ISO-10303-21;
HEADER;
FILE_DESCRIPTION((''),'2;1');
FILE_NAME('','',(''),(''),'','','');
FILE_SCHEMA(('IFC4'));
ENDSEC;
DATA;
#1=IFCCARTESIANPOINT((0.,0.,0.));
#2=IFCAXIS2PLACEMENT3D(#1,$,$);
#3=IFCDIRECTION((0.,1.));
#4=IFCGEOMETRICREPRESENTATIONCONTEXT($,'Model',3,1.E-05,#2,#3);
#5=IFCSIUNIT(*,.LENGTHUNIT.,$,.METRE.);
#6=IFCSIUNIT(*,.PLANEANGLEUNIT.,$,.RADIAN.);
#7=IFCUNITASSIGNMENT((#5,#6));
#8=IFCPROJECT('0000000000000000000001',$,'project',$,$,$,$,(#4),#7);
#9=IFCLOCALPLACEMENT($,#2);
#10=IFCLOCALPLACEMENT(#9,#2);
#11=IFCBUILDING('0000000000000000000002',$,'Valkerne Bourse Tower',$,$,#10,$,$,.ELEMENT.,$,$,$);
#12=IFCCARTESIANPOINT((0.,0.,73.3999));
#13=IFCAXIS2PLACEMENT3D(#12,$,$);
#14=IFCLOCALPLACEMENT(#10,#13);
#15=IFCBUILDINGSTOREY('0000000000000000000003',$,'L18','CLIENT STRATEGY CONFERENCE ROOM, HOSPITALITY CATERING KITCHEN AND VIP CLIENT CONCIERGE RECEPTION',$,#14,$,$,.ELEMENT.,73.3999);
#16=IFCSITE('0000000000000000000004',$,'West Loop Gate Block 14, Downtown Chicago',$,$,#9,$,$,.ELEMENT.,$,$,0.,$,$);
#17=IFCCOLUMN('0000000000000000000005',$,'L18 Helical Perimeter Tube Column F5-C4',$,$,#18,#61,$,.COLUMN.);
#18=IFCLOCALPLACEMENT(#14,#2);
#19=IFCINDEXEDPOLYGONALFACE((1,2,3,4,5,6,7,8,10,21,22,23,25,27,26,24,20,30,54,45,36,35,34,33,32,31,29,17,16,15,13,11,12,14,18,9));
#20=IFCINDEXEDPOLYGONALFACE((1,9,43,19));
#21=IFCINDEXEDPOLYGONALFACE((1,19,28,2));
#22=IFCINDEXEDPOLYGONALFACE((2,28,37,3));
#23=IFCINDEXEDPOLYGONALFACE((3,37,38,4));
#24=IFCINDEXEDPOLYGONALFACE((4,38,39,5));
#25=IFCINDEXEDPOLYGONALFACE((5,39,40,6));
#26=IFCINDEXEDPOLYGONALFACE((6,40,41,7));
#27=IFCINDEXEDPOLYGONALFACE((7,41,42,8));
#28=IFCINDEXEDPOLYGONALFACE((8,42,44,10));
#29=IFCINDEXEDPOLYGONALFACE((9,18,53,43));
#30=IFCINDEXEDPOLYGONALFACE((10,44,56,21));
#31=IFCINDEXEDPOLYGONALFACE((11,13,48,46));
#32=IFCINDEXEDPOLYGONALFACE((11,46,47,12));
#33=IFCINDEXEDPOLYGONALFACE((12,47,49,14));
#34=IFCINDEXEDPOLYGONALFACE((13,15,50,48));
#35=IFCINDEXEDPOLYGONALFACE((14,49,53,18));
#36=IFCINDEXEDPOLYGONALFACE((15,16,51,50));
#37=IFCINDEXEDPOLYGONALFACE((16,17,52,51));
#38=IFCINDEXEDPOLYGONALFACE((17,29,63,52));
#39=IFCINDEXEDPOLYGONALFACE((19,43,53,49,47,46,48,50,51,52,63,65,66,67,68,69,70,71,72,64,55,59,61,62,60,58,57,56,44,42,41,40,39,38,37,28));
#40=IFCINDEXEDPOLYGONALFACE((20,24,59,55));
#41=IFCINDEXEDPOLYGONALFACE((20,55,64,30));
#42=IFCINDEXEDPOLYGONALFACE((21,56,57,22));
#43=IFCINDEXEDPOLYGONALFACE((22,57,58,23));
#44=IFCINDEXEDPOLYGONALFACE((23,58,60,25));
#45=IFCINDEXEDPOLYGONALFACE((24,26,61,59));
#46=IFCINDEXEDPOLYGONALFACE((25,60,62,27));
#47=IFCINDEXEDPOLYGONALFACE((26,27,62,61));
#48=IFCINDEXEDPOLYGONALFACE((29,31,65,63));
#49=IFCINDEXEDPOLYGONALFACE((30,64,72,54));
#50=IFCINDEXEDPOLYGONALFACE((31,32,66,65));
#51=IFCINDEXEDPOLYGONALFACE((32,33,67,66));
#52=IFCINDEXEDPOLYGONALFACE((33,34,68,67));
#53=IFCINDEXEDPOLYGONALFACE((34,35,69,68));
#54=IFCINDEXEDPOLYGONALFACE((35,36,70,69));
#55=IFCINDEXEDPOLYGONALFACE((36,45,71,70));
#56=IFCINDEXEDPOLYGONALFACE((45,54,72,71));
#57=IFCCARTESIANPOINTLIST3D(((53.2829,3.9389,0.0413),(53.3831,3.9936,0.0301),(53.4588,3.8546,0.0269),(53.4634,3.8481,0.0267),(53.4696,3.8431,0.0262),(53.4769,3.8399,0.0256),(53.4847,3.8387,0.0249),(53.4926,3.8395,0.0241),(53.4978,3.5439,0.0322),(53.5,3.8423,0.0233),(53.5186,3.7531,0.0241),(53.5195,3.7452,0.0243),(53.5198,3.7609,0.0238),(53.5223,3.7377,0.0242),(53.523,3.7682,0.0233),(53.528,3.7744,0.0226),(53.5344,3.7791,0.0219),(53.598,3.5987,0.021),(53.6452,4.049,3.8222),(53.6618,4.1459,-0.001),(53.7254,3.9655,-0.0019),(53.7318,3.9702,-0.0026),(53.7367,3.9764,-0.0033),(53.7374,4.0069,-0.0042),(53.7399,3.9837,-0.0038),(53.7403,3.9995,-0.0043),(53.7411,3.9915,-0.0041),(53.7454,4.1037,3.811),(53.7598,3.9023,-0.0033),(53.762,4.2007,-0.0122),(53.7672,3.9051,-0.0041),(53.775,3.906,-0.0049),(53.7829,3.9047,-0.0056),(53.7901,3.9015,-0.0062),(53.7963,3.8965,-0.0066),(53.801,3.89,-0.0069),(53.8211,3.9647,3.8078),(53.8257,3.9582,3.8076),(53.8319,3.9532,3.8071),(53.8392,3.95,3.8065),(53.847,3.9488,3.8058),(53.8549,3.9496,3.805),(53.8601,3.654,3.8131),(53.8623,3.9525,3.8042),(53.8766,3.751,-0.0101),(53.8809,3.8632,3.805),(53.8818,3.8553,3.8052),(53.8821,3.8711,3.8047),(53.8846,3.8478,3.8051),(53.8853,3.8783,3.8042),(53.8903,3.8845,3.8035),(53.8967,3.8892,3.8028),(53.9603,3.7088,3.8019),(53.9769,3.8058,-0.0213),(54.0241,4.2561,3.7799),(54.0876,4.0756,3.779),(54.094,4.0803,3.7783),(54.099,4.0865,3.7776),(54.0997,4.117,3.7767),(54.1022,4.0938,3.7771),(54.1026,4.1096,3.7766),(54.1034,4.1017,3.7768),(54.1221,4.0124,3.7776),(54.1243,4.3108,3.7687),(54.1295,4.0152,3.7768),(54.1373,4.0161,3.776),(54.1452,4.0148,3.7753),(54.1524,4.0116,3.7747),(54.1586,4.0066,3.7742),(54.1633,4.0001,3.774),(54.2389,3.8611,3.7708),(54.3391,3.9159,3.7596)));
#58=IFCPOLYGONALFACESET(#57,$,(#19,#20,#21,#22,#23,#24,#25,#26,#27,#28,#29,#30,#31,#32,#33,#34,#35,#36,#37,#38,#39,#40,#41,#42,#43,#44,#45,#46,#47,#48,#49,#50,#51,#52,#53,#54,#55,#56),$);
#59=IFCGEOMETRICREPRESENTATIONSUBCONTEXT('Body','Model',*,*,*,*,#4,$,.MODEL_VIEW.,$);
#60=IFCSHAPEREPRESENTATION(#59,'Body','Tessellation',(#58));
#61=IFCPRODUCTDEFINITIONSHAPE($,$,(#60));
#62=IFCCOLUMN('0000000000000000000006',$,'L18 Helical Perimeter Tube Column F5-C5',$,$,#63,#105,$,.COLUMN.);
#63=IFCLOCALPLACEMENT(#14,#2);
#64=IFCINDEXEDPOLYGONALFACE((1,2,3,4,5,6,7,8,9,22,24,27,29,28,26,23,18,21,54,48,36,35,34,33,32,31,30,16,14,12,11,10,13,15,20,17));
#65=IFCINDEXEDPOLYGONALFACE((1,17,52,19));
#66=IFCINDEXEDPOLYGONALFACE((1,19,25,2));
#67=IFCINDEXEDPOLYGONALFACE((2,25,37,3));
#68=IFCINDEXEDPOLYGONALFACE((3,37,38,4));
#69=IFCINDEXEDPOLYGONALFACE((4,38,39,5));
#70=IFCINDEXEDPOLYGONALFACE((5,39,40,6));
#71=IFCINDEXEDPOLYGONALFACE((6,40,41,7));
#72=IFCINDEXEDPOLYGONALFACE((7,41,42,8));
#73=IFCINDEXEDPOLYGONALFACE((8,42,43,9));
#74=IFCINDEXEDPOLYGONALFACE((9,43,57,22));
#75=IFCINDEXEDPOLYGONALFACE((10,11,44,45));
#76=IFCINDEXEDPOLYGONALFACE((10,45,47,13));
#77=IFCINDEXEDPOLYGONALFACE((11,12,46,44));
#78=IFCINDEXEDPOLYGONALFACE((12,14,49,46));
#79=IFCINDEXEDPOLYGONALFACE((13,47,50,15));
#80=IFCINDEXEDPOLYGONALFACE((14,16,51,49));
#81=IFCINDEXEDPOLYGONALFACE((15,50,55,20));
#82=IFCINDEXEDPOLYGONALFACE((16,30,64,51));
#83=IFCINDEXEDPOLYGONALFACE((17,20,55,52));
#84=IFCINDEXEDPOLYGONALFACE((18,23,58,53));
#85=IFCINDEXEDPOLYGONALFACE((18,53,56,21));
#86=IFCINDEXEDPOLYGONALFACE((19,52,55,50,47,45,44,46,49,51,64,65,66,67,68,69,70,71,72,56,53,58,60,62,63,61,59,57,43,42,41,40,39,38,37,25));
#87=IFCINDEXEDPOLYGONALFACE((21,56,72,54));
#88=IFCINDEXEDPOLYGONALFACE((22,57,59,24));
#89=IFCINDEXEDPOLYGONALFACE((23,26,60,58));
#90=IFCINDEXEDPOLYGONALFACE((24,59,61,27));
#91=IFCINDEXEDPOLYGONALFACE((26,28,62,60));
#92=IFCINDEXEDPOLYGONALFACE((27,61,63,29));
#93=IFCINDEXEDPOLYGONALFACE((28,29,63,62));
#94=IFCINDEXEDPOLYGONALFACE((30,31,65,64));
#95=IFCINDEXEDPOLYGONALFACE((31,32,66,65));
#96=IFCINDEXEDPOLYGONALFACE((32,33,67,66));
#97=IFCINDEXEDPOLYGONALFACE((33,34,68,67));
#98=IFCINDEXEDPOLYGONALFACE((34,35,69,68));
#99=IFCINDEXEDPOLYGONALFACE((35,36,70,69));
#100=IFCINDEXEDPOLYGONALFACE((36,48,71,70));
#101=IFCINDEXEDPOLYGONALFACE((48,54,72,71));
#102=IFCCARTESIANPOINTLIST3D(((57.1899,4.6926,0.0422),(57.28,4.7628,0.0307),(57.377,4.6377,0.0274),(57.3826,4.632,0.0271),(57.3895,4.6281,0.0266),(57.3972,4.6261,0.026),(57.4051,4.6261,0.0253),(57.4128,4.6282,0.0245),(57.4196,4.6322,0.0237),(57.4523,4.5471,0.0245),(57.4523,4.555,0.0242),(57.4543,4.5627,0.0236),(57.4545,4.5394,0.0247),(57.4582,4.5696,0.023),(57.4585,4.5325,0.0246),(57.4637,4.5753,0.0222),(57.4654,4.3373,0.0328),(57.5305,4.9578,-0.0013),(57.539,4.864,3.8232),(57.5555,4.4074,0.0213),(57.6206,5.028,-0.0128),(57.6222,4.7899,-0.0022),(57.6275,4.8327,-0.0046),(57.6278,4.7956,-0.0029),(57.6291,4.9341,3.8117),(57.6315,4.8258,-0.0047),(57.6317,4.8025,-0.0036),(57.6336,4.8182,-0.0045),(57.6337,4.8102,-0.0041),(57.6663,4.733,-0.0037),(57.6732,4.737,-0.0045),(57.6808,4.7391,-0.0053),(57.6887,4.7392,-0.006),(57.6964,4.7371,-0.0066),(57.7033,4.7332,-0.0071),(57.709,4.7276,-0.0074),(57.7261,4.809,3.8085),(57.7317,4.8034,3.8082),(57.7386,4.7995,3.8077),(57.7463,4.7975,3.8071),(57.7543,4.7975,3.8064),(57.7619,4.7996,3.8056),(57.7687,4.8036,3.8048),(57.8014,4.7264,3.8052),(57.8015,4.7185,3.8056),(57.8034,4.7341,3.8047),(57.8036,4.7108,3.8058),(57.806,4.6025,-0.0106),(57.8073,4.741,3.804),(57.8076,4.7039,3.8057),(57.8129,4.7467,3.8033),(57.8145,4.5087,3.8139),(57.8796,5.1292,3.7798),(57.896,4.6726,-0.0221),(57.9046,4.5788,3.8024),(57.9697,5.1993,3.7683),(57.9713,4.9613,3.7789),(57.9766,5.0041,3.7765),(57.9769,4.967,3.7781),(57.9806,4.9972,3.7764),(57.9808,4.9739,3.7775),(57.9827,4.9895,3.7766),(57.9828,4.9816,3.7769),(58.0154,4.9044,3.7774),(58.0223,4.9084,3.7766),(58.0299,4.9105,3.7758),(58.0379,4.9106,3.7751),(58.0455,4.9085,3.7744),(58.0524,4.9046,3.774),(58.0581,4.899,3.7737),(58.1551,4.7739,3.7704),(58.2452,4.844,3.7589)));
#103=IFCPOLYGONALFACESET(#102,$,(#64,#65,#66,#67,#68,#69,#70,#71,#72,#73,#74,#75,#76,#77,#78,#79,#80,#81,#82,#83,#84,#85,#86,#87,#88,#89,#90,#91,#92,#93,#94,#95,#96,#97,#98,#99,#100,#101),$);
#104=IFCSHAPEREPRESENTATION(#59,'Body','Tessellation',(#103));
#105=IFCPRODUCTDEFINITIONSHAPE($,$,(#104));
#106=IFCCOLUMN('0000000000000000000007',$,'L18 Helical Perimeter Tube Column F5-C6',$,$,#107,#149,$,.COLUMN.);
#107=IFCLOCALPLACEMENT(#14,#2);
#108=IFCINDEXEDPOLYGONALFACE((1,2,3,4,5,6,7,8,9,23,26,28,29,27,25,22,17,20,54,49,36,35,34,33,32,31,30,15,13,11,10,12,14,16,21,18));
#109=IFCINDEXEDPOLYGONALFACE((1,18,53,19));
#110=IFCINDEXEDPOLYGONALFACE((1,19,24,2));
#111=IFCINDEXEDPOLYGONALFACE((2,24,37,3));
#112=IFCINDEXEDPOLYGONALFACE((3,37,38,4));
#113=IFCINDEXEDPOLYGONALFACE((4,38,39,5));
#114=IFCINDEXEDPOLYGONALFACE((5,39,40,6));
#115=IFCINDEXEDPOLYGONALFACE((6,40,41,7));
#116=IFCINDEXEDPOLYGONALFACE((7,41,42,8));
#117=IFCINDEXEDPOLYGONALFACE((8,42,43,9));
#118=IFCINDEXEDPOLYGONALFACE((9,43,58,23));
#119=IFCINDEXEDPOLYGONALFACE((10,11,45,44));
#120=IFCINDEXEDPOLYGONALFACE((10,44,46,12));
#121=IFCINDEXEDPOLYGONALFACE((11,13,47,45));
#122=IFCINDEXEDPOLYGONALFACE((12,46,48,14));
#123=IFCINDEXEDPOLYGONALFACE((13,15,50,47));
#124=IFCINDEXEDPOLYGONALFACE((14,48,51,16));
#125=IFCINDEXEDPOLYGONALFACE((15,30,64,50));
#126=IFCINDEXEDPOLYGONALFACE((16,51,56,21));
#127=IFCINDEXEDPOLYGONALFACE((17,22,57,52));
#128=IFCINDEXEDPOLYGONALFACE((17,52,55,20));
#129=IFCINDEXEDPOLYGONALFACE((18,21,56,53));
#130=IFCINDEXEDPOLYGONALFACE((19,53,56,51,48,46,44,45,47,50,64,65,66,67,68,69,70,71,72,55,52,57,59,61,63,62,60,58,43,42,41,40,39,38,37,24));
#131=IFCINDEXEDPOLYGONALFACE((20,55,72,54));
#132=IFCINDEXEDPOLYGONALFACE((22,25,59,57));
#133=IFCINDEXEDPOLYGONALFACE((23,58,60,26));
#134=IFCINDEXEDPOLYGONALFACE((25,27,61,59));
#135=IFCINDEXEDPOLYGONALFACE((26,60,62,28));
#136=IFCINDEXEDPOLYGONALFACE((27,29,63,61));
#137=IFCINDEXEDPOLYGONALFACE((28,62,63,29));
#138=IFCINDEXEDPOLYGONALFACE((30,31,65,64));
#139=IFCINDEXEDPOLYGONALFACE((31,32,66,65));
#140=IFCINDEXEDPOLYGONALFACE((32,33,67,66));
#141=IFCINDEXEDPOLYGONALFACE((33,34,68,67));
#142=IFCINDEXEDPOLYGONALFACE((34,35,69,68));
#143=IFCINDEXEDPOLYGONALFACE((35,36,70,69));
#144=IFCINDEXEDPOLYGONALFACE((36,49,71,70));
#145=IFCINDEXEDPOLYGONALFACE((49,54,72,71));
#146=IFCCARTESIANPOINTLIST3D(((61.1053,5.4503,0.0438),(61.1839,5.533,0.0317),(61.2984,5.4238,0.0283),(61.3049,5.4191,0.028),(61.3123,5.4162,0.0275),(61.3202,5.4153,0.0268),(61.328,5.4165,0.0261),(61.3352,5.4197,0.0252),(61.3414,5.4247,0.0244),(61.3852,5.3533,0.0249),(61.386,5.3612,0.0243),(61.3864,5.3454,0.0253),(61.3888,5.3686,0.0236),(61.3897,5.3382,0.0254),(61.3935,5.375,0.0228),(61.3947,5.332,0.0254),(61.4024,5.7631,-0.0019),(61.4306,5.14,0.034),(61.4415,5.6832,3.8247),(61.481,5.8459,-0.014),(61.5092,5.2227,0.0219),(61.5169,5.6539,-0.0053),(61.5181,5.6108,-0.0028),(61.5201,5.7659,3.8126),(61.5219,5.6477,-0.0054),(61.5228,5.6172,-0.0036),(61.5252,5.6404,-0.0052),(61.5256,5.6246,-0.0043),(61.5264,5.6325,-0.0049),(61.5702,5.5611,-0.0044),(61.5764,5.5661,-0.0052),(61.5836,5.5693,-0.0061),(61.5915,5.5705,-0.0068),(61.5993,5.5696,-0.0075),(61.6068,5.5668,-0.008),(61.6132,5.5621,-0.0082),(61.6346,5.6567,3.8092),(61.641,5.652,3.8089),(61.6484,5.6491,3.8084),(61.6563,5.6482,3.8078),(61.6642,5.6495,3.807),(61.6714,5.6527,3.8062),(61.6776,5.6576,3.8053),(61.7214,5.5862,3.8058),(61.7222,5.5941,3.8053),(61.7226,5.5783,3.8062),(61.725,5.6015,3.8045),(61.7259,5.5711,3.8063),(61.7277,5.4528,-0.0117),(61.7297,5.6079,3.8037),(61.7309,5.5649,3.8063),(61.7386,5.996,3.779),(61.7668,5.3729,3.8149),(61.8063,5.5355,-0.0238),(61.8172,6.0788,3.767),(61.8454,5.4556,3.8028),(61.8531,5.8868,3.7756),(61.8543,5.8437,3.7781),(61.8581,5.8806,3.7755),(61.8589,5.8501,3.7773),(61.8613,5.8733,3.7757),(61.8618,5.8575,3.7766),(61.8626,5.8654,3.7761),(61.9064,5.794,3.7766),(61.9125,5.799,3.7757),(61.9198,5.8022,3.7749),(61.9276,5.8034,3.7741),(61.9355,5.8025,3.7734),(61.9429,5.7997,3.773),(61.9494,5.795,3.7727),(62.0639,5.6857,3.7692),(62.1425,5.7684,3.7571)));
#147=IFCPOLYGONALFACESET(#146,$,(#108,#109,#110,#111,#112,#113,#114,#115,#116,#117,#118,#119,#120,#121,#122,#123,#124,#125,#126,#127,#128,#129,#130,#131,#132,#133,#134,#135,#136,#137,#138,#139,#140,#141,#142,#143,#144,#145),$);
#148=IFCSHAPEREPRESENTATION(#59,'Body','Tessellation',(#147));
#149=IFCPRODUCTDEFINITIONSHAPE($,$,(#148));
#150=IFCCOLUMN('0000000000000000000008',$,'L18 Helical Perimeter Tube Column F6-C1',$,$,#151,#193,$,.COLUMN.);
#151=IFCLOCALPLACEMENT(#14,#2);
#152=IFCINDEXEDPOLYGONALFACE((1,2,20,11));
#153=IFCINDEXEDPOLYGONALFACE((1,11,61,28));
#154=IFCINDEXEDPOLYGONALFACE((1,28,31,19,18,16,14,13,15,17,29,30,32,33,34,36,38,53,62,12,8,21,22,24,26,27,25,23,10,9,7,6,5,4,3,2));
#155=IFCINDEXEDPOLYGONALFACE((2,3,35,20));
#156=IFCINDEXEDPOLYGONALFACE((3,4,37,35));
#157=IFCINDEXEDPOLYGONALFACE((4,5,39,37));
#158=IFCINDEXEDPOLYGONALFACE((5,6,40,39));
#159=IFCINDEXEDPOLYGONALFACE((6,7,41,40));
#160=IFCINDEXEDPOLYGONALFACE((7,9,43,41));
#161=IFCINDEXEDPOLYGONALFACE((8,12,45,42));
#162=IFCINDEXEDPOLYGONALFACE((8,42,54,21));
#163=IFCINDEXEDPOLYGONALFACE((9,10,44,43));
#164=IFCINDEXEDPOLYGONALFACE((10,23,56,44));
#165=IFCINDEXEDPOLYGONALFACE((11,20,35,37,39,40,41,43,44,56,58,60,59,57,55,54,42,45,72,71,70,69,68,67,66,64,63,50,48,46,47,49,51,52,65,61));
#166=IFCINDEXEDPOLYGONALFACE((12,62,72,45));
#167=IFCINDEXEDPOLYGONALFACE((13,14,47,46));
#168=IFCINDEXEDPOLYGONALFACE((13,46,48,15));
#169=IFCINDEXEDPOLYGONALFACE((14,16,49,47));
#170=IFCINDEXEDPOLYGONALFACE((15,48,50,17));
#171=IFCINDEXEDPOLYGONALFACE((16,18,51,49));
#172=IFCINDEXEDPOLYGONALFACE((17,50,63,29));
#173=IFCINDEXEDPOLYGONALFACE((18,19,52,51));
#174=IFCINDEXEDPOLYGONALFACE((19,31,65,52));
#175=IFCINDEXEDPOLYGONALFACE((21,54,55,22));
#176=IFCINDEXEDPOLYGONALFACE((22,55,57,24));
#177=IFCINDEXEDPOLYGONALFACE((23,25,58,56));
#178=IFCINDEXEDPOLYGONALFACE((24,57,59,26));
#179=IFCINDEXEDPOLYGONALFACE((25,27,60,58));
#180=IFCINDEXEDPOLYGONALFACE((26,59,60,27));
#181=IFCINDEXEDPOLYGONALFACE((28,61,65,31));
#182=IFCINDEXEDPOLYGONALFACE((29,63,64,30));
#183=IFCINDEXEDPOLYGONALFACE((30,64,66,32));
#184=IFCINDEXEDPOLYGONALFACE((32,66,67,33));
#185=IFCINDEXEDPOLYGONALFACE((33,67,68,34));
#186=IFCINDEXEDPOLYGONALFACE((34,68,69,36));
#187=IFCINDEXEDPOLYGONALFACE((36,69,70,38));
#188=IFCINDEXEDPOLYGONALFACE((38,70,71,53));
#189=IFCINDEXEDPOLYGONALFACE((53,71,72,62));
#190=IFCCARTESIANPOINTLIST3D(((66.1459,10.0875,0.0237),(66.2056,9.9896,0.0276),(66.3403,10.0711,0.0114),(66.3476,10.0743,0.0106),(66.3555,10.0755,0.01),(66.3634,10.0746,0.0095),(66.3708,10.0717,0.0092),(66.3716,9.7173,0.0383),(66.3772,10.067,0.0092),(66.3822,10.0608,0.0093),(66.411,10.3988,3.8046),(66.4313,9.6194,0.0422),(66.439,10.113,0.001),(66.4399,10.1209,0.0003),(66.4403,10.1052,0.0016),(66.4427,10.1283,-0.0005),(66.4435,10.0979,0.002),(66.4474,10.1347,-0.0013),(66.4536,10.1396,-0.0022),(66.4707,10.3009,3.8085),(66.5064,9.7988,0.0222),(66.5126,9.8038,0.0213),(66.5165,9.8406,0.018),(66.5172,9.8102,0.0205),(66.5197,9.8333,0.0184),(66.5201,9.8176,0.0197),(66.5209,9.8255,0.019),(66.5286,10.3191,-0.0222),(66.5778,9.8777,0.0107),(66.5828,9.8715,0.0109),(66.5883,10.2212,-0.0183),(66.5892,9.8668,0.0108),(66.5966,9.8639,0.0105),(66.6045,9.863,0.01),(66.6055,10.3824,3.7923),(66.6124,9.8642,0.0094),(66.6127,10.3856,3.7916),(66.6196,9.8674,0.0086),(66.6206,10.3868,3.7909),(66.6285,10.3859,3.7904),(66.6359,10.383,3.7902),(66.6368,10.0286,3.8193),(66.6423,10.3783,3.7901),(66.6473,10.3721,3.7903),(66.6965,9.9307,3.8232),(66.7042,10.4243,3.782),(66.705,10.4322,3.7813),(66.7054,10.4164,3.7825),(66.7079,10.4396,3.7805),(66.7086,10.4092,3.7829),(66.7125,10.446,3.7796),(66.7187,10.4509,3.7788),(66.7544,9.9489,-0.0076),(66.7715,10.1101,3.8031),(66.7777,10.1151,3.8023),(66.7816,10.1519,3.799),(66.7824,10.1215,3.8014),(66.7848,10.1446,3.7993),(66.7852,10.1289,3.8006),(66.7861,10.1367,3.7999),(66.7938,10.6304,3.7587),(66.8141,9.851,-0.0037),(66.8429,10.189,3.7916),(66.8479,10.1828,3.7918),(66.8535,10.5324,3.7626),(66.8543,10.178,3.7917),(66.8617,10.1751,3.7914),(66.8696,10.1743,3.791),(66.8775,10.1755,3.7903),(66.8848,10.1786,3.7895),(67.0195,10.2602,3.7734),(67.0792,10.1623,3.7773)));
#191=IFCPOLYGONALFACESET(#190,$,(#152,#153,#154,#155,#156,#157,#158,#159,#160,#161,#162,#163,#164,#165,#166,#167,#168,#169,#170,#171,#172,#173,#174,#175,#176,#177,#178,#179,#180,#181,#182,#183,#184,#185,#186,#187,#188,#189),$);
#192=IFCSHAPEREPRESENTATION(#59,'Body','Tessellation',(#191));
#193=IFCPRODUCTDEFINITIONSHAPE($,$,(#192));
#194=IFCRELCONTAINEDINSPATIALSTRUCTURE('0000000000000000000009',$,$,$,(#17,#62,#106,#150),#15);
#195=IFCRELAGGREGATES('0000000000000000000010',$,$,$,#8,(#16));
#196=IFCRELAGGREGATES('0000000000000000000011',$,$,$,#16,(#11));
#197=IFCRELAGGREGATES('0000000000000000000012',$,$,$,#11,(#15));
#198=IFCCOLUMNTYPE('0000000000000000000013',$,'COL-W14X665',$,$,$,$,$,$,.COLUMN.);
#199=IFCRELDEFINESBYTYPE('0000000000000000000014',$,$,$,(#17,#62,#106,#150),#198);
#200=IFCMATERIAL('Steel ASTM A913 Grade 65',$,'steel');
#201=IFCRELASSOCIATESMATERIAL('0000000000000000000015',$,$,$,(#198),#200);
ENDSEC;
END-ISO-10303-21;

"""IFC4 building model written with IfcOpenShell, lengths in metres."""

from ifc_helpers import new_model, si_unit, direction, frame, origin, origin_2d, place, context, subcontext, project, spatial, i_section, extrude, material, material_profile, profile_set, type_object, element, save


model = new_model("IFC4")

# Units and contexts
model_context = context("Model", 3, precision=1e-05, world=origin(), true_north=direction((0.0, 1.0)))
body_context = subcontext(model_context, "Body", "Model", "MODEL_VIEW")
ifc_project = project(units=[si_unit("LENGTHUNIT", "METRE"), si_unit("PLANEANGLEUNIT", "RADIAN")], contexts=[model_context])

# Site, building, storey
site_placement = place(None, origin())
site = spatial("IfcSite", under=ifc_project, at=site_placement, Name="West Loop Gate Block 14, Downtown Chicago", CompositionType="ELEMENT", RefElevation=0.0)
building_placement = place(site_placement, origin())
building = spatial("IfcBuilding", under=site, at=building_placement, Name="Valkerne Bourse Tower", CompositionType="ELEMENT")
storey_placement = place(building_placement, frame((0.0, 0.0, 73.3999)))
storey = spatial("IfcBuildingStorey", under=building, at=storey_placement, Name="L18", Description="CLIENT STRATEGY CONFERENCE ROOM, HOSPITALITY CATERING KITCHEN AND VIP CLIENT CONCIERGE RECEPTION", CompositionType="ELEMENT", Elevation=73.3999)

# Columns
ifc_material_1 = material(Name="Steel ASTM A913 Grade 65", Category="steel")
ifc_material_profile_1 = material_profile(ifc_material_1, i_section(OverallWidth=0.4497, OverallDepth=0.5486, WebThickness=0.072, FlangeThickness=0.1147, FilletRadius=0.0305, at=origin_2d()), Name="W14X665")
ifc_profile_set_1 = profile_set([ifc_material_profile_1], Name="Steel ASTM A913 Grade 65")
column_type = type_object("IfcColumnType", Name="COL-W14X665", PredefinedType="COLUMN", material=ifc_profile_set_1)
column_1_placement = place(storey_placement, frame((53.6299, 3.8723, 0.01), z_axis=(0.095345, 0.028976, 0.995022), x_axis=(-0.477795, 0.878239, 0.020208)))
element("IfcColumn", 1, at=column_1_placement, inside=storey, type_object=column_type, Name="L18 Helical Perimeter Tube Column F5-C4", PredefinedType="COLUMN", context=body_context, shape_type="SweptSolid", body=[
    extrude(i_section(OverallWidth=0.4497, OverallDepth=0.5486, WebThickness=0.072, FlangeThickness=0.1147, FilletRadius=0.0305, at=origin_2d()), origin(), (0.0, 0.0, 1.0), 3.7998),
])
column_2_placement = place(storey_placement, frame((57.543, 4.6826, 0.01), z_axis=(0.091851, 0.04509, 0.994751), x_axis=(-0.612597, 0.790123, 0.02075)))
element("IfcColumn", 2, at=column_2_placement, inside=storey, type_object=column_type, Name="L18 Helical Perimeter Tube Column F5-C5", PredefinedType="COLUMN", context=body_context, shape_type="SweptSolid", body=[
    extrude(i_section(OverallWidth=0.4497, OverallDepth=0.5486, WebThickness=0.072, FlangeThickness=0.1147, FilletRadius=0.0305, at=origin_2d()), origin(), (0.0, 0.0, 1.0), 3.801),
])
for number, where, z_axis, x_axis, name in (
    (3, (61.4558, 5.4929, 0.01), (0.088398, 0.061243, 0.994201), (-0.723381, 0.690104, 0.021808), "L18 Helical Perimeter Tube Column F5-C6"),
    (4, (66.48, 9.9692, 0.01), (0.069717, 0.08185, 0.994203), (-0.8511, -0.514984, 0.102079), "L18 Helical Perimeter Tube Column F6-C1"),
):
    element("IfcColumn", number, at=place(storey_placement, frame(where, z_axis=z_axis, x_axis=x_axis)), inside=storey, type_object=column_type, Name=name, PredefinedType="COLUMN", context=body_context, shape_type="SweptSolid", body=[
        extrude(i_section(OverallWidth=0.4497, OverallDepth=0.5486, WebThickness=0.072, FlangeThickness=0.1147, FilletRadius=0.0305, at=origin_2d()), origin(), (0.0, 0.0, 1.0), 3.803),
    ])

save(model, "model.ifc")
